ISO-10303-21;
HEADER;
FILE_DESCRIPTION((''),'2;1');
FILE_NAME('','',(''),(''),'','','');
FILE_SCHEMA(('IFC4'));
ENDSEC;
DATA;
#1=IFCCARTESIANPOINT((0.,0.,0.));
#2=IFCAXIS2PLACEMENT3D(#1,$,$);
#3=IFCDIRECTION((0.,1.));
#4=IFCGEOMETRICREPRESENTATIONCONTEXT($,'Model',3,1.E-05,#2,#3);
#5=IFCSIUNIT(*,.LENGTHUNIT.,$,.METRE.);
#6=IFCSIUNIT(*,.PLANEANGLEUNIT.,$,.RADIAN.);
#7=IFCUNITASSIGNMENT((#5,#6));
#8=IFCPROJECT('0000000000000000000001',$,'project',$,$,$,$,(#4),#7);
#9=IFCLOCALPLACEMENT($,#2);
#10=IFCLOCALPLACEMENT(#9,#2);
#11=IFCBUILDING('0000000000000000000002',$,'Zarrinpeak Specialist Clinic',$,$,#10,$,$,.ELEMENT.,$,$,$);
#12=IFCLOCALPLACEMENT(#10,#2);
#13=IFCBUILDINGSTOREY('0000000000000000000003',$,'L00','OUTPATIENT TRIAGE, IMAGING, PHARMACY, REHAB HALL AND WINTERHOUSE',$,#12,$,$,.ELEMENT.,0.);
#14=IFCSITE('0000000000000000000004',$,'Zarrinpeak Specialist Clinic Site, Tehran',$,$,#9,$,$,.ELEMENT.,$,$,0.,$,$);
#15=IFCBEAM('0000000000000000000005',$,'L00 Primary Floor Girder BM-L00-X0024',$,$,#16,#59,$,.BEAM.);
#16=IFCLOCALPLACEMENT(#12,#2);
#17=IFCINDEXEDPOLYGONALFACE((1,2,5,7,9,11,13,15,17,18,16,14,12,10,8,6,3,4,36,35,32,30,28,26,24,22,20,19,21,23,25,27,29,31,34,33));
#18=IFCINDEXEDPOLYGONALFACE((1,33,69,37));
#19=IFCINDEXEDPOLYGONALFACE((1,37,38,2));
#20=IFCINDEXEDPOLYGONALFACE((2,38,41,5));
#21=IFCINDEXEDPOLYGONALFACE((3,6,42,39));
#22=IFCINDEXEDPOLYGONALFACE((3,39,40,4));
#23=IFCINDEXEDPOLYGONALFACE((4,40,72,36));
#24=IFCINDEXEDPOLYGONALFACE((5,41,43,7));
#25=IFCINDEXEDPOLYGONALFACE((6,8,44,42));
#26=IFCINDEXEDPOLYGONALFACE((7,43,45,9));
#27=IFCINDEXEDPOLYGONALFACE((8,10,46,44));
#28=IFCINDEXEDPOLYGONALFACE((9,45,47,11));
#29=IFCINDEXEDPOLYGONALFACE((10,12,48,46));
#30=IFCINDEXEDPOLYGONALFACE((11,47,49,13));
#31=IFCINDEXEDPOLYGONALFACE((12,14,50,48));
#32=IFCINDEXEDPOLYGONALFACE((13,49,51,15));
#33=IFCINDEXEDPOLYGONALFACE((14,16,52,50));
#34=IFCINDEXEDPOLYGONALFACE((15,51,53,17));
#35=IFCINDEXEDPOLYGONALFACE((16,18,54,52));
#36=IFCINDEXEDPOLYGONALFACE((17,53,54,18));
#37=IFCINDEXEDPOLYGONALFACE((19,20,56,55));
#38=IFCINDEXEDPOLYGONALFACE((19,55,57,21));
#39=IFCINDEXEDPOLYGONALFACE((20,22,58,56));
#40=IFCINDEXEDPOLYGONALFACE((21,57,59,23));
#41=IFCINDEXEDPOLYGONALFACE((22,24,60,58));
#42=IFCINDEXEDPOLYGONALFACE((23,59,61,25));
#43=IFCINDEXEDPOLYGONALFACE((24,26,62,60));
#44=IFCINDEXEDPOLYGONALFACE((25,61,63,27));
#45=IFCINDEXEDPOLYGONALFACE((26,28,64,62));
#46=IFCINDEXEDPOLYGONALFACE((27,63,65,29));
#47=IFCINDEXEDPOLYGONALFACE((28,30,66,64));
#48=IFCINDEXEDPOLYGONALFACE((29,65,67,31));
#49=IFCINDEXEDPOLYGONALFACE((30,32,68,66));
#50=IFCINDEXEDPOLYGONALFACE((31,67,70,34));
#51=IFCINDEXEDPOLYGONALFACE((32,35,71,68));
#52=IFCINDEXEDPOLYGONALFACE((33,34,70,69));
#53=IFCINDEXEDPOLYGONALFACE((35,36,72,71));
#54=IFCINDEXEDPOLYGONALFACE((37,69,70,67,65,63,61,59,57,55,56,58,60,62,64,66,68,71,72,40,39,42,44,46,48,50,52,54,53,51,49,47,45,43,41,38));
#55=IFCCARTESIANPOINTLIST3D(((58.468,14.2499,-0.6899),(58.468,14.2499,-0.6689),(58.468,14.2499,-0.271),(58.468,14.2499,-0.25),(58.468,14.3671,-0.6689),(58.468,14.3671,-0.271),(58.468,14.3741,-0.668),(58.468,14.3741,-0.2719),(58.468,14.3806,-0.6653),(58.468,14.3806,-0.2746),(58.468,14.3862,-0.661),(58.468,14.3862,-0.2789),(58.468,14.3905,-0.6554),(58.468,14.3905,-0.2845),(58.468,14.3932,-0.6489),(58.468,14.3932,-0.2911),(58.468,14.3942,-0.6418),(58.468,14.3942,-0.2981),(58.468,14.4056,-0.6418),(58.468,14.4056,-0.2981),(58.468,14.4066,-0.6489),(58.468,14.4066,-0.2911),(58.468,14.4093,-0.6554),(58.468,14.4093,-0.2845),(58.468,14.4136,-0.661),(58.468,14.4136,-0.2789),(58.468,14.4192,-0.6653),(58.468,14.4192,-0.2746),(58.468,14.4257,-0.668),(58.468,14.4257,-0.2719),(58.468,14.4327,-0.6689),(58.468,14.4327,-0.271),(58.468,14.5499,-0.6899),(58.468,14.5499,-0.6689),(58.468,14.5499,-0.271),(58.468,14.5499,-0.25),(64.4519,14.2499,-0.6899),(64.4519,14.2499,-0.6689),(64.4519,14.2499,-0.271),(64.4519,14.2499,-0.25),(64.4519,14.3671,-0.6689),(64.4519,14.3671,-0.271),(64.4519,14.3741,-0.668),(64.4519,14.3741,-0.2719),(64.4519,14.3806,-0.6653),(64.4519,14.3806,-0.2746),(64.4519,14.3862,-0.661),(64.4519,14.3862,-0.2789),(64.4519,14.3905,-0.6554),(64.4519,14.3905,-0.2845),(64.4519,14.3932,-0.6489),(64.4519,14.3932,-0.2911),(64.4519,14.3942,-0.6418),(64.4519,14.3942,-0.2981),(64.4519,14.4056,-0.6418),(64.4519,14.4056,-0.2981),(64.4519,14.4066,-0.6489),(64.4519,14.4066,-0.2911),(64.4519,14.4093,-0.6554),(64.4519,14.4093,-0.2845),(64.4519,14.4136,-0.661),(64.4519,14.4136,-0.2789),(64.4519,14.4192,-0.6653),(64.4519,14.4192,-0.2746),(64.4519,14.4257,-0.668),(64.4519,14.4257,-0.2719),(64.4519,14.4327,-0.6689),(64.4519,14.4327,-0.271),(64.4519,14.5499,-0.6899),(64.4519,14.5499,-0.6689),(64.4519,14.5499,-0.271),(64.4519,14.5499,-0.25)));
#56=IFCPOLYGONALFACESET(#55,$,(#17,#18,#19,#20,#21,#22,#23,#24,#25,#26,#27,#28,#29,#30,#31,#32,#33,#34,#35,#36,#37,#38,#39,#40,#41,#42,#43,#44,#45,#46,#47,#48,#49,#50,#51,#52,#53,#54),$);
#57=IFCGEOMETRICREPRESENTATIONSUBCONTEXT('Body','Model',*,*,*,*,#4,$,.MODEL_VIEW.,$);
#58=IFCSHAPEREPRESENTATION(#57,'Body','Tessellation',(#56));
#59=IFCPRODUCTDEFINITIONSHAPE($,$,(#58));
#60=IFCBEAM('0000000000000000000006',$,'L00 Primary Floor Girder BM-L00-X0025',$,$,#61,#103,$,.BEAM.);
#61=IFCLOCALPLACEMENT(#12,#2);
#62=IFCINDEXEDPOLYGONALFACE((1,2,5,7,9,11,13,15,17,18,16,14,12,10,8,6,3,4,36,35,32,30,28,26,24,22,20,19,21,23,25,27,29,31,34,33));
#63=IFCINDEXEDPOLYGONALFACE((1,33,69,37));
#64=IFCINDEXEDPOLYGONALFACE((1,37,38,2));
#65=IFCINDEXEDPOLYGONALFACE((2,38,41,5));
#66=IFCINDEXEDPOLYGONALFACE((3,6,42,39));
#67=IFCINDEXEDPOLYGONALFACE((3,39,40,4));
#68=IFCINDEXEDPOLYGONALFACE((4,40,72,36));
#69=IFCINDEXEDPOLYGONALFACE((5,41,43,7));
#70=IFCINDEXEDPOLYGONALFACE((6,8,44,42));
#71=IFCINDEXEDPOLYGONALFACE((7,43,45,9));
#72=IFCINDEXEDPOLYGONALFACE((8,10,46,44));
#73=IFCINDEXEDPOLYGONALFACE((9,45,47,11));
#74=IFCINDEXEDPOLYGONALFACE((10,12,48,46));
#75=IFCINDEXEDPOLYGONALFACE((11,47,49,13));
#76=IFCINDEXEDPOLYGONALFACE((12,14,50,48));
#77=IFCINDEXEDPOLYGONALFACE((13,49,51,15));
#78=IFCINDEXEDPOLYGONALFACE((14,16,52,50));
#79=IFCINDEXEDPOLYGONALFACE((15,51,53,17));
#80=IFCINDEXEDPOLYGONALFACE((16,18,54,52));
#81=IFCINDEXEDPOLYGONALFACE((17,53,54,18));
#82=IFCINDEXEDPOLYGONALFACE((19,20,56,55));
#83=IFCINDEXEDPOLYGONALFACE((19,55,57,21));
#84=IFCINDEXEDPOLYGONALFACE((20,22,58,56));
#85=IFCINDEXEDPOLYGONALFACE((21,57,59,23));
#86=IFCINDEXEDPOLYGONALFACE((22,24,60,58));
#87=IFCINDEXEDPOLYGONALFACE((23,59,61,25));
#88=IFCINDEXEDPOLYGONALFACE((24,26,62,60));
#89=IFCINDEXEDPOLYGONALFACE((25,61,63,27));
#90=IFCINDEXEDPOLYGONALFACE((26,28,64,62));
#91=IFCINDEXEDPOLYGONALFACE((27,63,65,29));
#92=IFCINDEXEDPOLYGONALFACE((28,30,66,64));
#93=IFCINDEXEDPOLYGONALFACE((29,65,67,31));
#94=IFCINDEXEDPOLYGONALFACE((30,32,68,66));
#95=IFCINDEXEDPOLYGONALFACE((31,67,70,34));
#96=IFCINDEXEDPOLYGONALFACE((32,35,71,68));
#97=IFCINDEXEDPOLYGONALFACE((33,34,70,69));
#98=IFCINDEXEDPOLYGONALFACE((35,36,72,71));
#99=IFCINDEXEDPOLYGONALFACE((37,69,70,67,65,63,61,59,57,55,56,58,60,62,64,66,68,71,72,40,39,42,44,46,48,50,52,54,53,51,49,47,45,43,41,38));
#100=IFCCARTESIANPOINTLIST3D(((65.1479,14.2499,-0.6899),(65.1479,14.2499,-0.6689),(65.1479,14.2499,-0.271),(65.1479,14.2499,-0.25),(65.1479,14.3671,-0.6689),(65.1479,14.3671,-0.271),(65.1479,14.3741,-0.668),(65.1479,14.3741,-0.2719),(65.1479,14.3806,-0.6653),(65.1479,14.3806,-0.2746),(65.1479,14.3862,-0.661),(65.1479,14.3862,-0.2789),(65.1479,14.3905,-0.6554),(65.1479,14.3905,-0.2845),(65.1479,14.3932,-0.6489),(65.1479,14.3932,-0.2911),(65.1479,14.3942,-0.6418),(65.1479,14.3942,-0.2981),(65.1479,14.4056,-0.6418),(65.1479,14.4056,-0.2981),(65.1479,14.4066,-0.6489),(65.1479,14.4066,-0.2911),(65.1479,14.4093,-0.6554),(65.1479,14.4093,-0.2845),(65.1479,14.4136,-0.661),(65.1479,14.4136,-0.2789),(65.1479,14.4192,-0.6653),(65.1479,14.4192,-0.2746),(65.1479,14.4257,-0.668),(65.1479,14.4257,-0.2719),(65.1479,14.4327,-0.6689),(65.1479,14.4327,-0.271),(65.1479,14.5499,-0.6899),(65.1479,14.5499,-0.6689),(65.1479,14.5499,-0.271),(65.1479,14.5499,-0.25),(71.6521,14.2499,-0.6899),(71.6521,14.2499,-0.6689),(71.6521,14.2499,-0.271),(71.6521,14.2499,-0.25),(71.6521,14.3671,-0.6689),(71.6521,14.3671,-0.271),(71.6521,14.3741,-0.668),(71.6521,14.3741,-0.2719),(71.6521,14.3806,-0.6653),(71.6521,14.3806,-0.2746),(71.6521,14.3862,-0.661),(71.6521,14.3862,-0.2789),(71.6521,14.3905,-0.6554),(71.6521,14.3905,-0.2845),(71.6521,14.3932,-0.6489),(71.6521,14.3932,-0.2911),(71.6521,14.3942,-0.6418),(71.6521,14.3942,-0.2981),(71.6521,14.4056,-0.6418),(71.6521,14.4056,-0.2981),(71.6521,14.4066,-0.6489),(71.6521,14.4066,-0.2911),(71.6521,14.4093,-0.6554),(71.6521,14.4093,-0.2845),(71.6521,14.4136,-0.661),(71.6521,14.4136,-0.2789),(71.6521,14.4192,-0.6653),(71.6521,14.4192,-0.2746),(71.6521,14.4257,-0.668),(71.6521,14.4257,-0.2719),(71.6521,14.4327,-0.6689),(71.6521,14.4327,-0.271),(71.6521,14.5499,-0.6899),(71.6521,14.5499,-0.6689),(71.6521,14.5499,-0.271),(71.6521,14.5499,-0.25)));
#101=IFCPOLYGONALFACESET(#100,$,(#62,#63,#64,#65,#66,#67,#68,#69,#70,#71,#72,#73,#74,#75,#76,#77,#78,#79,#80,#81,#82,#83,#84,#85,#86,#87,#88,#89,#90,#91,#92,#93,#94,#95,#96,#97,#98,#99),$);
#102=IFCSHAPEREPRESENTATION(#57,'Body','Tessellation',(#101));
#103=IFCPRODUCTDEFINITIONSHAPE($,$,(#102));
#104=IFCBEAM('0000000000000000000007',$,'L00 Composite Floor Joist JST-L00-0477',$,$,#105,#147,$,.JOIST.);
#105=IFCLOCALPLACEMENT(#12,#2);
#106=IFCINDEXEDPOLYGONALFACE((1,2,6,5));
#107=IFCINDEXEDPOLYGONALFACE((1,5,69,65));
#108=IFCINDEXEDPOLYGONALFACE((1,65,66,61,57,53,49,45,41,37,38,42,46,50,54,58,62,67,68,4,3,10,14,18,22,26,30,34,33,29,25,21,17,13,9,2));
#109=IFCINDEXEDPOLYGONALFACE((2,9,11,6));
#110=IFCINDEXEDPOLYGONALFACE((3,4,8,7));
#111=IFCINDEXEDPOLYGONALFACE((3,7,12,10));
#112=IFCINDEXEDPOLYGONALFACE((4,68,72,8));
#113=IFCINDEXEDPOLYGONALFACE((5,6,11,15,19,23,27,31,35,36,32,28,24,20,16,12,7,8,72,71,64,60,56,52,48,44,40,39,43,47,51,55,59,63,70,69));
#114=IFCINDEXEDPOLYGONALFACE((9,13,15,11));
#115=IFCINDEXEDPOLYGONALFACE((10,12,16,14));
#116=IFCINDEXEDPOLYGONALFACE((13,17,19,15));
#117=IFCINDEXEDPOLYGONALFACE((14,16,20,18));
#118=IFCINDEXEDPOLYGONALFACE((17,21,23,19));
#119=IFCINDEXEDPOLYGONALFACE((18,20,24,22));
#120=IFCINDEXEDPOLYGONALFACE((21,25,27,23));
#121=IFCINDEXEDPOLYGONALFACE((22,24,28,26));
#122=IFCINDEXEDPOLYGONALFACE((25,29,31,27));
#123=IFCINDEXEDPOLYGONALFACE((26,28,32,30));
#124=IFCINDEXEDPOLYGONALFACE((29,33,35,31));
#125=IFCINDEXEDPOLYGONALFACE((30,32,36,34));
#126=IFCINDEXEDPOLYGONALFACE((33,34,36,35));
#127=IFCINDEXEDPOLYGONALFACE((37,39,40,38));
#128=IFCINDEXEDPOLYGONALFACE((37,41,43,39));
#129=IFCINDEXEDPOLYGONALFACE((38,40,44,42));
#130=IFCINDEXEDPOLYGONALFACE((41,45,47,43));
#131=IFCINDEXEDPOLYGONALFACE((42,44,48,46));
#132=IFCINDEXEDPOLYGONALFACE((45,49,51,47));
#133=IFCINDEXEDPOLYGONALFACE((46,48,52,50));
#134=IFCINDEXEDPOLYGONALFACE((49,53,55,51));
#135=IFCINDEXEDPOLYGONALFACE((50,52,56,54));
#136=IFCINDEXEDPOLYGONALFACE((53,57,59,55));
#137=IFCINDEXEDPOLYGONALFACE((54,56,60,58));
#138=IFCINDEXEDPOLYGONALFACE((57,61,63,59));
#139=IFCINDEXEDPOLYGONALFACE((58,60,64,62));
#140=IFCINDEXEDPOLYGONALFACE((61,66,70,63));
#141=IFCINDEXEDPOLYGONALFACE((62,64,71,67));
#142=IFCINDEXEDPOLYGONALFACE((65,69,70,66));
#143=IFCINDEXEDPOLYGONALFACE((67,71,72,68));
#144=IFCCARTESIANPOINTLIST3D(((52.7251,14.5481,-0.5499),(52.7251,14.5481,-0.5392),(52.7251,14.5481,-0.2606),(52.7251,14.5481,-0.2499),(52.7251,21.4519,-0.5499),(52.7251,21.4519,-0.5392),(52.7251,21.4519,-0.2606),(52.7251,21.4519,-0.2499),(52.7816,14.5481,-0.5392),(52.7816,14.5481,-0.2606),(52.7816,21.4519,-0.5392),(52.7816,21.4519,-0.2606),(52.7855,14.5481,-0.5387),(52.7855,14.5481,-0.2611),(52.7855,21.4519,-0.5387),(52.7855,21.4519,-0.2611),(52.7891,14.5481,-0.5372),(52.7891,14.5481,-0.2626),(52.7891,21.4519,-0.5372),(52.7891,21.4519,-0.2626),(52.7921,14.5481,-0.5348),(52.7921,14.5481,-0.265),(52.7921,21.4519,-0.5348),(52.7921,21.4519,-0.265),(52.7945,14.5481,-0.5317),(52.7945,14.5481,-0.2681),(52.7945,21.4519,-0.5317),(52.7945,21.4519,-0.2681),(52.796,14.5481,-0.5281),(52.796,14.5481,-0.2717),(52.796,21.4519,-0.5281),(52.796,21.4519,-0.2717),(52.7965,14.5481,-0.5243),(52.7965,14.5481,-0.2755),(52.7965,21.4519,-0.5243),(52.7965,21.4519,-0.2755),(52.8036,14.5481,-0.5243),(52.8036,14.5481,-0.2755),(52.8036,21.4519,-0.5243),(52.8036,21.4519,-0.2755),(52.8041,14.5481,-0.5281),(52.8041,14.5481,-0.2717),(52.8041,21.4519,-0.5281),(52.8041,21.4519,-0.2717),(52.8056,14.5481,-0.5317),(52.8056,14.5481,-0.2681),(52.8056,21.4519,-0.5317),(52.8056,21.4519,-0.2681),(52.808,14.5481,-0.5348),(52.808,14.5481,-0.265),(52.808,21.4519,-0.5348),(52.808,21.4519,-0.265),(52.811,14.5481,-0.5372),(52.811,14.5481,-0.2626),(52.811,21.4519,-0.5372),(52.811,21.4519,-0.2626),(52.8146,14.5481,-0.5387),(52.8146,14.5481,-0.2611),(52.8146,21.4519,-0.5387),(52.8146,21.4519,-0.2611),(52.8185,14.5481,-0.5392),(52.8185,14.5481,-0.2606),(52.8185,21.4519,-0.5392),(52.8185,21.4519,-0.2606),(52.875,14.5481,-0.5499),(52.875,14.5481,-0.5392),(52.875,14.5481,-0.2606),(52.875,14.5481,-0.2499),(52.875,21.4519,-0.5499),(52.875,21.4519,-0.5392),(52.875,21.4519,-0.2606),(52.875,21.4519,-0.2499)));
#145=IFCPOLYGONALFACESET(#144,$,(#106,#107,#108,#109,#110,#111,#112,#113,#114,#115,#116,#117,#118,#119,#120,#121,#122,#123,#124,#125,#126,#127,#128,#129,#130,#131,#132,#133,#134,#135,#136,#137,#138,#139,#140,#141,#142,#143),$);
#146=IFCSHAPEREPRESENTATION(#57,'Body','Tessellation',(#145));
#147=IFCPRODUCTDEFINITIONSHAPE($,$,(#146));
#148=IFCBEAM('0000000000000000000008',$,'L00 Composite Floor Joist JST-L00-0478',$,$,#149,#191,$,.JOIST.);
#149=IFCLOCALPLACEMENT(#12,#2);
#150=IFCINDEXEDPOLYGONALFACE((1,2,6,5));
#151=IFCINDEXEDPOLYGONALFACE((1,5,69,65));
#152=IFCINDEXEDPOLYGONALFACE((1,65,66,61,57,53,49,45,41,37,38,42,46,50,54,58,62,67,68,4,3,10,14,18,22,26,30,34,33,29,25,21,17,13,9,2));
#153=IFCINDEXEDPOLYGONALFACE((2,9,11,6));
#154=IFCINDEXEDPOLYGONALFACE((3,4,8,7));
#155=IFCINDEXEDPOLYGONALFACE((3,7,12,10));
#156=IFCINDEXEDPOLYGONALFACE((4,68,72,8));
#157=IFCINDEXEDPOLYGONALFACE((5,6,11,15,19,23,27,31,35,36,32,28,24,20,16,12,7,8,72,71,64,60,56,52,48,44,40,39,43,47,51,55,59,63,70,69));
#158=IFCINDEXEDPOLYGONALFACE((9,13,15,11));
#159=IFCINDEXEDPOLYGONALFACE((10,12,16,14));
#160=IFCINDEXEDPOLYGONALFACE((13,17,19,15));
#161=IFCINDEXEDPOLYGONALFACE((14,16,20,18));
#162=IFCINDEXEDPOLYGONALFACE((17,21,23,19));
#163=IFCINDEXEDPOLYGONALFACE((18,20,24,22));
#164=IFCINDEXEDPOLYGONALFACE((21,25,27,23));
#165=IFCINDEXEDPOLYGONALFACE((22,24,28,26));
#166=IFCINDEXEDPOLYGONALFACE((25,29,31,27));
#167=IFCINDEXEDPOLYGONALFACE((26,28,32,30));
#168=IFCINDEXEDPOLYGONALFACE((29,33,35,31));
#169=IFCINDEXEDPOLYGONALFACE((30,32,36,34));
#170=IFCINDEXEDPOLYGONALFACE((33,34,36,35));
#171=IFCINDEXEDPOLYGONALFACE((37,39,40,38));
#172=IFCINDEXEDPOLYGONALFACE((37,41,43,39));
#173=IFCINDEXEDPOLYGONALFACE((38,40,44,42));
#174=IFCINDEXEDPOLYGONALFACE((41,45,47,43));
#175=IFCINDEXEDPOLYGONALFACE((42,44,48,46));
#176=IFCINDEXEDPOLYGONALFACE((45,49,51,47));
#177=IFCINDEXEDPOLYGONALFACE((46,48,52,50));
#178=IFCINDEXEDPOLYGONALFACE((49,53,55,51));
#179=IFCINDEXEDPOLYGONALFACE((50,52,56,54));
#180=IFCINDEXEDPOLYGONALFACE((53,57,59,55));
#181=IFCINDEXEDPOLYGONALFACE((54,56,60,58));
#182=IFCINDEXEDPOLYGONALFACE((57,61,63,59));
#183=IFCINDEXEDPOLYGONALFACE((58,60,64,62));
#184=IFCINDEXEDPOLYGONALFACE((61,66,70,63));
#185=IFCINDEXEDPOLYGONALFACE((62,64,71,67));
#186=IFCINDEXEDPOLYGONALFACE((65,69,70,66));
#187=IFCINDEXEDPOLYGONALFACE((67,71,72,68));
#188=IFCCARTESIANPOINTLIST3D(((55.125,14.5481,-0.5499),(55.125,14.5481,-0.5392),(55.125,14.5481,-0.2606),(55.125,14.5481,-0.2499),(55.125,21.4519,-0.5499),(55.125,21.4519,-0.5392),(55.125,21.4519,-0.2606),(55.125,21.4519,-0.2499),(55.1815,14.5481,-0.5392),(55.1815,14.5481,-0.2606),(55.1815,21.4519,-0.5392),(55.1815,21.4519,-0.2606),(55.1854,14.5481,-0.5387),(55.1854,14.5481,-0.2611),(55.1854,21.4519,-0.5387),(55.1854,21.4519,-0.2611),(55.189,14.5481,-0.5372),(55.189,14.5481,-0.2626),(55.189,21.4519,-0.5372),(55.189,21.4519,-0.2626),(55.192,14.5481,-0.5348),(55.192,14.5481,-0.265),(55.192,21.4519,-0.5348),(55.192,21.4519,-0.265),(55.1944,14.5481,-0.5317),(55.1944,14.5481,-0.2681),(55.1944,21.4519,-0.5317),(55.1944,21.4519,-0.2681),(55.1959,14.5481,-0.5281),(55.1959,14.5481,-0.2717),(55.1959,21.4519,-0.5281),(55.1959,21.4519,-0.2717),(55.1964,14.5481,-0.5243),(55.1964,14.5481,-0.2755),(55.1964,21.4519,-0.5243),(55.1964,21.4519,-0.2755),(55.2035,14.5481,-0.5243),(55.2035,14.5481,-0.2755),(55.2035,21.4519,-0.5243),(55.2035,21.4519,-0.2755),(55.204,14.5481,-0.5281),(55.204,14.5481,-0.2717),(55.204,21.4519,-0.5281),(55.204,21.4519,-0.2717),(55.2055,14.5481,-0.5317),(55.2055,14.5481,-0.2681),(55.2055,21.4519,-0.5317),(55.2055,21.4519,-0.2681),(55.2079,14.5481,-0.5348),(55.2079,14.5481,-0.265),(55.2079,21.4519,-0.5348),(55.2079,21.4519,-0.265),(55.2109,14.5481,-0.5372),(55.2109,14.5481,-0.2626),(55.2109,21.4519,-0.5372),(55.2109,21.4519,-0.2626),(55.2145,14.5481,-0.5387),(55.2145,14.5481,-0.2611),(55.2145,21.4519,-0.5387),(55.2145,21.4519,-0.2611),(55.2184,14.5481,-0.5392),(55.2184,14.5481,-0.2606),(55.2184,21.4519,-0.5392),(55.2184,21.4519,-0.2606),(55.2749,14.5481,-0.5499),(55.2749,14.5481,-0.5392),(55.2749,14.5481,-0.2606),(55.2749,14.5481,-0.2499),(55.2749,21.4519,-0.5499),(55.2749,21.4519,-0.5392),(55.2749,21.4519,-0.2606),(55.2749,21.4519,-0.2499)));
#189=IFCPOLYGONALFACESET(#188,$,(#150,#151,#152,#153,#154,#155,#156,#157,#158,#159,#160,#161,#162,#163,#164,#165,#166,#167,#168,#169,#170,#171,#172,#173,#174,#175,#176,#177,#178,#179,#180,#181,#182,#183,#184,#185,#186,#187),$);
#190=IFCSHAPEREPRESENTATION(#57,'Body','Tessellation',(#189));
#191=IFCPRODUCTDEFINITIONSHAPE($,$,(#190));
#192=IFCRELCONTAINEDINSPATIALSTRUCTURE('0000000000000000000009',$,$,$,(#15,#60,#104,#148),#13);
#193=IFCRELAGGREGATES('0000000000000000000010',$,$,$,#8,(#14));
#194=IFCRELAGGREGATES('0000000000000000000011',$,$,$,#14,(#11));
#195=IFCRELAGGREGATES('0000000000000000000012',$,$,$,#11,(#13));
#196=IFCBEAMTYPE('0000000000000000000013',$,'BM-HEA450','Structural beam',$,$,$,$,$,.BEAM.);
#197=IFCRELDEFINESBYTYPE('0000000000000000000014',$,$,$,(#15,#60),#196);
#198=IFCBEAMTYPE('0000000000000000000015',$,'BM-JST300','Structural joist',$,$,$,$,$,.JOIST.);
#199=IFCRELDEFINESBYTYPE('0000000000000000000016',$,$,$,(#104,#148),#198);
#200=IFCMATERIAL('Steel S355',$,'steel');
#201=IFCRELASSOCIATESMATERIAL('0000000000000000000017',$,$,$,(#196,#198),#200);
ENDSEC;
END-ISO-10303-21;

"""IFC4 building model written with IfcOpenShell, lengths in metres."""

from ifc_helpers import new_model, si_unit, direction, frame, origin, origin_2d, place, context, subcontext, project, spatial, i_section, extrude, material, material_profile, profile_set, type_object, element, save


model = new_model("IFC4")

# Units and contexts
model_context = context("Model", 3, precision=1e-05, world=origin(), true_north=direction((0.0, 1.0)))
body_context = subcontext(model_context, "Body", "Model", "MODEL_VIEW")
ifc_project = project(units=[si_unit("LENGTHUNIT", "METRE"), si_unit("PLANEANGLEUNIT", "RADIAN")], contexts=[model_context])

# Site, building, storey
site_placement = place(None, origin())
site = spatial("IfcSite", under=ifc_project, at=site_placement, Name="Zarrinpeak Specialist Clinic Site, Tehran", CompositionType="ELEMENT", RefElevation=0.0)
building_placement = place(site_placement, origin())
building = spatial("IfcBuilding", under=site, at=building_placement, Name="Zarrinpeak Specialist Clinic", CompositionType="ELEMENT")
storey_placement = place(building_placement, origin())
storey = spatial("IfcBuildingStorey", under=building, at=storey_placement, Name="L00", Description="OUTPATIENT TRIAGE, IMAGING, PHARMACY, REHAB HALL AND WINTERHOUSE", CompositionType="ELEMENT", Elevation=0.0)

# Shared definitions
ifc_material_1 = material(Name="Steel S355", Category="steel")

# Beams
ifc_material_profile_1 = material_profile(ifc_material_1, i_section(OverallWidth=0.3, OverallDepth=0.4399, WebThickness=0.0115, FlangeThickness=0.021, FilletRadius=0.0271, at=origin_2d()), Name="HEA 450")
ifc_profile_set_1 = profile_set([ifc_material_profile_1], Name="Steel S355")
beam_type_1 = type_object("IfcBeamType", Name="BM-HEA450", Description="Structural beam", PredefinedType="BEAM", material=ifc_profile_set_1)
beam_1_placement = place(storey_placement, frame((58.468, 14.3999, -0.47), z_axis=(1.0, 0.0, 0.0), x_axis=(0.0, 1.0, 0.0)))
element("IfcBeam", 1, at=beam_1_placement, inside=storey, type_object=beam_type_1, Name="L00 Primary Floor Girder BM-L00-X0024", PredefinedType="BEAM", context=body_context, shape_type="SweptSolid", body=[
    extrude(i_section(OverallWidth=0.3, OverallDepth=0.4399, WebThickness=0.0115, FlangeThickness=0.021, FilletRadius=0.0271, at=origin_2d()), origin(), (0.0, 0.0, 1.0), 5.9839),
])
beam_2_placement = place(storey_placement, frame((65.1479, 14.3999, -0.47), z_axis=(1.0, 0.0, 0.0), x_axis=(0.0, 1.0, 0.0)))
element("IfcBeam", 2, at=beam_2_placement, inside=storey, type_object=beam_type_1, Name="L00 Primary Floor Girder BM-L00-X0025", PredefinedType="BEAM", context=body_context, shape_type="SweptSolid", body=[
    extrude(i_section(OverallWidth=0.3, OverallDepth=0.4399, WebThickness=0.0115, FlangeThickness=0.021, FilletRadius=0.0271, at=origin_2d()), origin(), (0.0, 0.0, 1.0), 6.5042),
])
ifc_material_profile_2 = material_profile(ifc_material_1, i_section(OverallWidth=0.1499, OverallDepth=0.3, WebThickness=0.0071, FlangeThickness=0.0107, FilletRadius=0.0149, at=origin_2d()), Name="IPE 300")
ifc_profile_set_2 = profile_set([ifc_material_profile_2], Name="Steel S355")
beam_type_2 = type_object("IfcBeamType", Name="BM-JST300", Description="Structural joist", PredefinedType="JOIST", material=ifc_profile_set_2)
for number, where, z_axis, x_axis, name in (
    (3, (52.8, 14.5481, -0.3999), (0.0, 1.0, 0.0), (-1.0, 0.0, 0.0), "L00 Composite Floor Joist JST-L00-0477"),
    (4, (55.2, 14.5481, -0.3999), (0.0, 1.0, 0.0), (-1.0, 0.0, 0.0), "L00 Composite Floor Joist JST-L00-0478"),
):
    element("IfcBeam", number, at=place(storey_placement, frame(where, z_axis=z_axis, x_axis=x_axis)), inside=storey, type_object=beam_type_2, Name=name, PredefinedType="JOIST", context=body_context, shape_type="SweptSolid", body=[
        extrude(i_section(OverallWidth=0.1499, OverallDepth=0.3, WebThickness=0.0071, FlangeThickness=0.0107, FilletRadius=0.0149, at=origin_2d()), origin(), (0.0, 0.0, 1.0), 6.9038),
    ])

save(model, "model.ifc")
